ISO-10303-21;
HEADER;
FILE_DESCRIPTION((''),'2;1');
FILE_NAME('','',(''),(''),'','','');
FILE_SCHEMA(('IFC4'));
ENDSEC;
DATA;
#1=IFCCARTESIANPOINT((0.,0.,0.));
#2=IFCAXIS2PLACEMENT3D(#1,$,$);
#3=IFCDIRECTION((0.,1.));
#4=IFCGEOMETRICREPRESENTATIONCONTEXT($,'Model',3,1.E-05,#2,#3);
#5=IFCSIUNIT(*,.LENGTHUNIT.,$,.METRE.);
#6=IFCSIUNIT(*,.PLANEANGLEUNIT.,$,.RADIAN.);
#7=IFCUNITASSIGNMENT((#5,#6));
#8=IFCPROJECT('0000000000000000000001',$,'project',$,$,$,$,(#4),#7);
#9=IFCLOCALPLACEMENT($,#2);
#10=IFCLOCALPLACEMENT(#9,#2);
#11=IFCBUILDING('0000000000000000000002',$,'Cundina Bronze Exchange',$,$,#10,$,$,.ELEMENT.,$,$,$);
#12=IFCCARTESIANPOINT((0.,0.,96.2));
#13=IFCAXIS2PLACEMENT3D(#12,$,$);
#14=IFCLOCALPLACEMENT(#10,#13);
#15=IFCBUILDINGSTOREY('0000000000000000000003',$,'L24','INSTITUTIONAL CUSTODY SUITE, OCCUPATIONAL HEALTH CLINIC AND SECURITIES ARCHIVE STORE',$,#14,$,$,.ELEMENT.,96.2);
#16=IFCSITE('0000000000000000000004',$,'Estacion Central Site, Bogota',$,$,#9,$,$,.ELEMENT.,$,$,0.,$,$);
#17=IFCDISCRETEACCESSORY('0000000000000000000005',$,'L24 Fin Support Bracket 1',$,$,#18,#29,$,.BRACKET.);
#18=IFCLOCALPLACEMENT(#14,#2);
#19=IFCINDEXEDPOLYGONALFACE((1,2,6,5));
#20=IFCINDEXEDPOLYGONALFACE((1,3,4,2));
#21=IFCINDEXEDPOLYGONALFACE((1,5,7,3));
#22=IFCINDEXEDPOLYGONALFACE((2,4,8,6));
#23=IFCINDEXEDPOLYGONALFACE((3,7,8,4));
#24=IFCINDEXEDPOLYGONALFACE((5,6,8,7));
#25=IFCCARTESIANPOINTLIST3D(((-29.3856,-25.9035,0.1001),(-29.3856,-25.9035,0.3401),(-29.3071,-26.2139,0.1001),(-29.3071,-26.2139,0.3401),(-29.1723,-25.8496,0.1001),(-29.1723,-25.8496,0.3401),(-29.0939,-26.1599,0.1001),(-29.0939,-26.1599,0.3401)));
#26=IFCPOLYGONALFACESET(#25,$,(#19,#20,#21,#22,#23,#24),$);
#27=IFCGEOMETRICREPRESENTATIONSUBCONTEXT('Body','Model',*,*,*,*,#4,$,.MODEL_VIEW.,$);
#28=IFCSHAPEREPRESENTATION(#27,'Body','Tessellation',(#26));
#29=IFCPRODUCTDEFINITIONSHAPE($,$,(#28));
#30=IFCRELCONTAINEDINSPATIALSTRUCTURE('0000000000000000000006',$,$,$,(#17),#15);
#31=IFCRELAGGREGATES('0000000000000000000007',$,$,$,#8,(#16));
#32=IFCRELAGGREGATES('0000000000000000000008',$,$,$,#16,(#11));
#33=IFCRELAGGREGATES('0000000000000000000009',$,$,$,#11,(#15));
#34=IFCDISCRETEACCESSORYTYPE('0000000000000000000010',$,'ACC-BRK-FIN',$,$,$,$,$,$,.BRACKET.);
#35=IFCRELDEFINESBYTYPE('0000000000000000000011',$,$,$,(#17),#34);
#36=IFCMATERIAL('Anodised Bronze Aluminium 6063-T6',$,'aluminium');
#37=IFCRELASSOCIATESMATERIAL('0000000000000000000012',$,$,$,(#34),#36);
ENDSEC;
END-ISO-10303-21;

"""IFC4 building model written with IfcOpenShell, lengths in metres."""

from ifc_helpers import new_model, si_unit, direction, frame, origin, origin_2d, place, context, subcontext, project, spatial, rectangle, extrude, material, type_object, element, save


model = new_model("IFC4")

# Units and contexts
model_context = context("Model", 3, precision=1e-05, world=origin(), true_north=direction((0.0, 1.0)))
body_context = subcontext(model_context, "Body", "Model", "MODEL_VIEW")
ifc_project = project(units=[si_unit("LENGTHUNIT", "METRE"), si_unit("PLANEANGLEUNIT", "RADIAN")], contexts=[model_context])

# Site, building, storey
site_placement = place(None, origin())
site = spatial("IfcSite", under=ifc_project, at=site_placement, Name="Estacion Central Site, Bogota", CompositionType="ELEMENT", RefElevation=0.0)
building_placement = place(site_placement, origin())
building = spatial("IfcBuilding", under=site, at=building_placement, Name="Cundina Bronze Exchange", CompositionType="ELEMENT")
storey_placement = place(building_placement, frame((0.0, 0.0, 96.2)))
storey = spatial("IfcBuildingStorey", under=building, at=storey_placement, Name="L24", Description="INSTITUTIONAL CUSTODY SUITE, OCCUPATIONAL HEALTH CLINIC AND SECURITIES ARCHIVE STORE", CompositionType="ELEMENT", Elevation=96.2)

# Shared definitions
ifc_material_1 = material(Name="Anodised Bronze Aluminium 6063-T6", Category="aluminium")

# Discrete accessory
discrete_accessory_type = type_object("IfcDiscreteAccessoryType", Name="ACC-BRK-FIN", PredefinedType="BRACKET", material=ifc_material_1)
discrete_accessory_placement = place(storey_placement, frame((-29.2397, -26.0317, 0.1001), z_axis=(0.0, 0.0, 1.0), x_axis=(0.969488, 0.245138, 0.0)))
element("IfcDiscreteAccessory", 1, at=discrete_accessory_placement, inside=storey, type_object=discrete_accessory_type, Name="L24 Fin Support Bracket 1", PredefinedType="BRACKET", context=body_context, shape_type="SweptSolid", body=[
    extrude(rectangle(XDim=0.22, YDim=0.3201, at=origin_2d()), origin(), (0.0, 0.0, 1.0), 0.24),
])

save(model, "model.ifc")
